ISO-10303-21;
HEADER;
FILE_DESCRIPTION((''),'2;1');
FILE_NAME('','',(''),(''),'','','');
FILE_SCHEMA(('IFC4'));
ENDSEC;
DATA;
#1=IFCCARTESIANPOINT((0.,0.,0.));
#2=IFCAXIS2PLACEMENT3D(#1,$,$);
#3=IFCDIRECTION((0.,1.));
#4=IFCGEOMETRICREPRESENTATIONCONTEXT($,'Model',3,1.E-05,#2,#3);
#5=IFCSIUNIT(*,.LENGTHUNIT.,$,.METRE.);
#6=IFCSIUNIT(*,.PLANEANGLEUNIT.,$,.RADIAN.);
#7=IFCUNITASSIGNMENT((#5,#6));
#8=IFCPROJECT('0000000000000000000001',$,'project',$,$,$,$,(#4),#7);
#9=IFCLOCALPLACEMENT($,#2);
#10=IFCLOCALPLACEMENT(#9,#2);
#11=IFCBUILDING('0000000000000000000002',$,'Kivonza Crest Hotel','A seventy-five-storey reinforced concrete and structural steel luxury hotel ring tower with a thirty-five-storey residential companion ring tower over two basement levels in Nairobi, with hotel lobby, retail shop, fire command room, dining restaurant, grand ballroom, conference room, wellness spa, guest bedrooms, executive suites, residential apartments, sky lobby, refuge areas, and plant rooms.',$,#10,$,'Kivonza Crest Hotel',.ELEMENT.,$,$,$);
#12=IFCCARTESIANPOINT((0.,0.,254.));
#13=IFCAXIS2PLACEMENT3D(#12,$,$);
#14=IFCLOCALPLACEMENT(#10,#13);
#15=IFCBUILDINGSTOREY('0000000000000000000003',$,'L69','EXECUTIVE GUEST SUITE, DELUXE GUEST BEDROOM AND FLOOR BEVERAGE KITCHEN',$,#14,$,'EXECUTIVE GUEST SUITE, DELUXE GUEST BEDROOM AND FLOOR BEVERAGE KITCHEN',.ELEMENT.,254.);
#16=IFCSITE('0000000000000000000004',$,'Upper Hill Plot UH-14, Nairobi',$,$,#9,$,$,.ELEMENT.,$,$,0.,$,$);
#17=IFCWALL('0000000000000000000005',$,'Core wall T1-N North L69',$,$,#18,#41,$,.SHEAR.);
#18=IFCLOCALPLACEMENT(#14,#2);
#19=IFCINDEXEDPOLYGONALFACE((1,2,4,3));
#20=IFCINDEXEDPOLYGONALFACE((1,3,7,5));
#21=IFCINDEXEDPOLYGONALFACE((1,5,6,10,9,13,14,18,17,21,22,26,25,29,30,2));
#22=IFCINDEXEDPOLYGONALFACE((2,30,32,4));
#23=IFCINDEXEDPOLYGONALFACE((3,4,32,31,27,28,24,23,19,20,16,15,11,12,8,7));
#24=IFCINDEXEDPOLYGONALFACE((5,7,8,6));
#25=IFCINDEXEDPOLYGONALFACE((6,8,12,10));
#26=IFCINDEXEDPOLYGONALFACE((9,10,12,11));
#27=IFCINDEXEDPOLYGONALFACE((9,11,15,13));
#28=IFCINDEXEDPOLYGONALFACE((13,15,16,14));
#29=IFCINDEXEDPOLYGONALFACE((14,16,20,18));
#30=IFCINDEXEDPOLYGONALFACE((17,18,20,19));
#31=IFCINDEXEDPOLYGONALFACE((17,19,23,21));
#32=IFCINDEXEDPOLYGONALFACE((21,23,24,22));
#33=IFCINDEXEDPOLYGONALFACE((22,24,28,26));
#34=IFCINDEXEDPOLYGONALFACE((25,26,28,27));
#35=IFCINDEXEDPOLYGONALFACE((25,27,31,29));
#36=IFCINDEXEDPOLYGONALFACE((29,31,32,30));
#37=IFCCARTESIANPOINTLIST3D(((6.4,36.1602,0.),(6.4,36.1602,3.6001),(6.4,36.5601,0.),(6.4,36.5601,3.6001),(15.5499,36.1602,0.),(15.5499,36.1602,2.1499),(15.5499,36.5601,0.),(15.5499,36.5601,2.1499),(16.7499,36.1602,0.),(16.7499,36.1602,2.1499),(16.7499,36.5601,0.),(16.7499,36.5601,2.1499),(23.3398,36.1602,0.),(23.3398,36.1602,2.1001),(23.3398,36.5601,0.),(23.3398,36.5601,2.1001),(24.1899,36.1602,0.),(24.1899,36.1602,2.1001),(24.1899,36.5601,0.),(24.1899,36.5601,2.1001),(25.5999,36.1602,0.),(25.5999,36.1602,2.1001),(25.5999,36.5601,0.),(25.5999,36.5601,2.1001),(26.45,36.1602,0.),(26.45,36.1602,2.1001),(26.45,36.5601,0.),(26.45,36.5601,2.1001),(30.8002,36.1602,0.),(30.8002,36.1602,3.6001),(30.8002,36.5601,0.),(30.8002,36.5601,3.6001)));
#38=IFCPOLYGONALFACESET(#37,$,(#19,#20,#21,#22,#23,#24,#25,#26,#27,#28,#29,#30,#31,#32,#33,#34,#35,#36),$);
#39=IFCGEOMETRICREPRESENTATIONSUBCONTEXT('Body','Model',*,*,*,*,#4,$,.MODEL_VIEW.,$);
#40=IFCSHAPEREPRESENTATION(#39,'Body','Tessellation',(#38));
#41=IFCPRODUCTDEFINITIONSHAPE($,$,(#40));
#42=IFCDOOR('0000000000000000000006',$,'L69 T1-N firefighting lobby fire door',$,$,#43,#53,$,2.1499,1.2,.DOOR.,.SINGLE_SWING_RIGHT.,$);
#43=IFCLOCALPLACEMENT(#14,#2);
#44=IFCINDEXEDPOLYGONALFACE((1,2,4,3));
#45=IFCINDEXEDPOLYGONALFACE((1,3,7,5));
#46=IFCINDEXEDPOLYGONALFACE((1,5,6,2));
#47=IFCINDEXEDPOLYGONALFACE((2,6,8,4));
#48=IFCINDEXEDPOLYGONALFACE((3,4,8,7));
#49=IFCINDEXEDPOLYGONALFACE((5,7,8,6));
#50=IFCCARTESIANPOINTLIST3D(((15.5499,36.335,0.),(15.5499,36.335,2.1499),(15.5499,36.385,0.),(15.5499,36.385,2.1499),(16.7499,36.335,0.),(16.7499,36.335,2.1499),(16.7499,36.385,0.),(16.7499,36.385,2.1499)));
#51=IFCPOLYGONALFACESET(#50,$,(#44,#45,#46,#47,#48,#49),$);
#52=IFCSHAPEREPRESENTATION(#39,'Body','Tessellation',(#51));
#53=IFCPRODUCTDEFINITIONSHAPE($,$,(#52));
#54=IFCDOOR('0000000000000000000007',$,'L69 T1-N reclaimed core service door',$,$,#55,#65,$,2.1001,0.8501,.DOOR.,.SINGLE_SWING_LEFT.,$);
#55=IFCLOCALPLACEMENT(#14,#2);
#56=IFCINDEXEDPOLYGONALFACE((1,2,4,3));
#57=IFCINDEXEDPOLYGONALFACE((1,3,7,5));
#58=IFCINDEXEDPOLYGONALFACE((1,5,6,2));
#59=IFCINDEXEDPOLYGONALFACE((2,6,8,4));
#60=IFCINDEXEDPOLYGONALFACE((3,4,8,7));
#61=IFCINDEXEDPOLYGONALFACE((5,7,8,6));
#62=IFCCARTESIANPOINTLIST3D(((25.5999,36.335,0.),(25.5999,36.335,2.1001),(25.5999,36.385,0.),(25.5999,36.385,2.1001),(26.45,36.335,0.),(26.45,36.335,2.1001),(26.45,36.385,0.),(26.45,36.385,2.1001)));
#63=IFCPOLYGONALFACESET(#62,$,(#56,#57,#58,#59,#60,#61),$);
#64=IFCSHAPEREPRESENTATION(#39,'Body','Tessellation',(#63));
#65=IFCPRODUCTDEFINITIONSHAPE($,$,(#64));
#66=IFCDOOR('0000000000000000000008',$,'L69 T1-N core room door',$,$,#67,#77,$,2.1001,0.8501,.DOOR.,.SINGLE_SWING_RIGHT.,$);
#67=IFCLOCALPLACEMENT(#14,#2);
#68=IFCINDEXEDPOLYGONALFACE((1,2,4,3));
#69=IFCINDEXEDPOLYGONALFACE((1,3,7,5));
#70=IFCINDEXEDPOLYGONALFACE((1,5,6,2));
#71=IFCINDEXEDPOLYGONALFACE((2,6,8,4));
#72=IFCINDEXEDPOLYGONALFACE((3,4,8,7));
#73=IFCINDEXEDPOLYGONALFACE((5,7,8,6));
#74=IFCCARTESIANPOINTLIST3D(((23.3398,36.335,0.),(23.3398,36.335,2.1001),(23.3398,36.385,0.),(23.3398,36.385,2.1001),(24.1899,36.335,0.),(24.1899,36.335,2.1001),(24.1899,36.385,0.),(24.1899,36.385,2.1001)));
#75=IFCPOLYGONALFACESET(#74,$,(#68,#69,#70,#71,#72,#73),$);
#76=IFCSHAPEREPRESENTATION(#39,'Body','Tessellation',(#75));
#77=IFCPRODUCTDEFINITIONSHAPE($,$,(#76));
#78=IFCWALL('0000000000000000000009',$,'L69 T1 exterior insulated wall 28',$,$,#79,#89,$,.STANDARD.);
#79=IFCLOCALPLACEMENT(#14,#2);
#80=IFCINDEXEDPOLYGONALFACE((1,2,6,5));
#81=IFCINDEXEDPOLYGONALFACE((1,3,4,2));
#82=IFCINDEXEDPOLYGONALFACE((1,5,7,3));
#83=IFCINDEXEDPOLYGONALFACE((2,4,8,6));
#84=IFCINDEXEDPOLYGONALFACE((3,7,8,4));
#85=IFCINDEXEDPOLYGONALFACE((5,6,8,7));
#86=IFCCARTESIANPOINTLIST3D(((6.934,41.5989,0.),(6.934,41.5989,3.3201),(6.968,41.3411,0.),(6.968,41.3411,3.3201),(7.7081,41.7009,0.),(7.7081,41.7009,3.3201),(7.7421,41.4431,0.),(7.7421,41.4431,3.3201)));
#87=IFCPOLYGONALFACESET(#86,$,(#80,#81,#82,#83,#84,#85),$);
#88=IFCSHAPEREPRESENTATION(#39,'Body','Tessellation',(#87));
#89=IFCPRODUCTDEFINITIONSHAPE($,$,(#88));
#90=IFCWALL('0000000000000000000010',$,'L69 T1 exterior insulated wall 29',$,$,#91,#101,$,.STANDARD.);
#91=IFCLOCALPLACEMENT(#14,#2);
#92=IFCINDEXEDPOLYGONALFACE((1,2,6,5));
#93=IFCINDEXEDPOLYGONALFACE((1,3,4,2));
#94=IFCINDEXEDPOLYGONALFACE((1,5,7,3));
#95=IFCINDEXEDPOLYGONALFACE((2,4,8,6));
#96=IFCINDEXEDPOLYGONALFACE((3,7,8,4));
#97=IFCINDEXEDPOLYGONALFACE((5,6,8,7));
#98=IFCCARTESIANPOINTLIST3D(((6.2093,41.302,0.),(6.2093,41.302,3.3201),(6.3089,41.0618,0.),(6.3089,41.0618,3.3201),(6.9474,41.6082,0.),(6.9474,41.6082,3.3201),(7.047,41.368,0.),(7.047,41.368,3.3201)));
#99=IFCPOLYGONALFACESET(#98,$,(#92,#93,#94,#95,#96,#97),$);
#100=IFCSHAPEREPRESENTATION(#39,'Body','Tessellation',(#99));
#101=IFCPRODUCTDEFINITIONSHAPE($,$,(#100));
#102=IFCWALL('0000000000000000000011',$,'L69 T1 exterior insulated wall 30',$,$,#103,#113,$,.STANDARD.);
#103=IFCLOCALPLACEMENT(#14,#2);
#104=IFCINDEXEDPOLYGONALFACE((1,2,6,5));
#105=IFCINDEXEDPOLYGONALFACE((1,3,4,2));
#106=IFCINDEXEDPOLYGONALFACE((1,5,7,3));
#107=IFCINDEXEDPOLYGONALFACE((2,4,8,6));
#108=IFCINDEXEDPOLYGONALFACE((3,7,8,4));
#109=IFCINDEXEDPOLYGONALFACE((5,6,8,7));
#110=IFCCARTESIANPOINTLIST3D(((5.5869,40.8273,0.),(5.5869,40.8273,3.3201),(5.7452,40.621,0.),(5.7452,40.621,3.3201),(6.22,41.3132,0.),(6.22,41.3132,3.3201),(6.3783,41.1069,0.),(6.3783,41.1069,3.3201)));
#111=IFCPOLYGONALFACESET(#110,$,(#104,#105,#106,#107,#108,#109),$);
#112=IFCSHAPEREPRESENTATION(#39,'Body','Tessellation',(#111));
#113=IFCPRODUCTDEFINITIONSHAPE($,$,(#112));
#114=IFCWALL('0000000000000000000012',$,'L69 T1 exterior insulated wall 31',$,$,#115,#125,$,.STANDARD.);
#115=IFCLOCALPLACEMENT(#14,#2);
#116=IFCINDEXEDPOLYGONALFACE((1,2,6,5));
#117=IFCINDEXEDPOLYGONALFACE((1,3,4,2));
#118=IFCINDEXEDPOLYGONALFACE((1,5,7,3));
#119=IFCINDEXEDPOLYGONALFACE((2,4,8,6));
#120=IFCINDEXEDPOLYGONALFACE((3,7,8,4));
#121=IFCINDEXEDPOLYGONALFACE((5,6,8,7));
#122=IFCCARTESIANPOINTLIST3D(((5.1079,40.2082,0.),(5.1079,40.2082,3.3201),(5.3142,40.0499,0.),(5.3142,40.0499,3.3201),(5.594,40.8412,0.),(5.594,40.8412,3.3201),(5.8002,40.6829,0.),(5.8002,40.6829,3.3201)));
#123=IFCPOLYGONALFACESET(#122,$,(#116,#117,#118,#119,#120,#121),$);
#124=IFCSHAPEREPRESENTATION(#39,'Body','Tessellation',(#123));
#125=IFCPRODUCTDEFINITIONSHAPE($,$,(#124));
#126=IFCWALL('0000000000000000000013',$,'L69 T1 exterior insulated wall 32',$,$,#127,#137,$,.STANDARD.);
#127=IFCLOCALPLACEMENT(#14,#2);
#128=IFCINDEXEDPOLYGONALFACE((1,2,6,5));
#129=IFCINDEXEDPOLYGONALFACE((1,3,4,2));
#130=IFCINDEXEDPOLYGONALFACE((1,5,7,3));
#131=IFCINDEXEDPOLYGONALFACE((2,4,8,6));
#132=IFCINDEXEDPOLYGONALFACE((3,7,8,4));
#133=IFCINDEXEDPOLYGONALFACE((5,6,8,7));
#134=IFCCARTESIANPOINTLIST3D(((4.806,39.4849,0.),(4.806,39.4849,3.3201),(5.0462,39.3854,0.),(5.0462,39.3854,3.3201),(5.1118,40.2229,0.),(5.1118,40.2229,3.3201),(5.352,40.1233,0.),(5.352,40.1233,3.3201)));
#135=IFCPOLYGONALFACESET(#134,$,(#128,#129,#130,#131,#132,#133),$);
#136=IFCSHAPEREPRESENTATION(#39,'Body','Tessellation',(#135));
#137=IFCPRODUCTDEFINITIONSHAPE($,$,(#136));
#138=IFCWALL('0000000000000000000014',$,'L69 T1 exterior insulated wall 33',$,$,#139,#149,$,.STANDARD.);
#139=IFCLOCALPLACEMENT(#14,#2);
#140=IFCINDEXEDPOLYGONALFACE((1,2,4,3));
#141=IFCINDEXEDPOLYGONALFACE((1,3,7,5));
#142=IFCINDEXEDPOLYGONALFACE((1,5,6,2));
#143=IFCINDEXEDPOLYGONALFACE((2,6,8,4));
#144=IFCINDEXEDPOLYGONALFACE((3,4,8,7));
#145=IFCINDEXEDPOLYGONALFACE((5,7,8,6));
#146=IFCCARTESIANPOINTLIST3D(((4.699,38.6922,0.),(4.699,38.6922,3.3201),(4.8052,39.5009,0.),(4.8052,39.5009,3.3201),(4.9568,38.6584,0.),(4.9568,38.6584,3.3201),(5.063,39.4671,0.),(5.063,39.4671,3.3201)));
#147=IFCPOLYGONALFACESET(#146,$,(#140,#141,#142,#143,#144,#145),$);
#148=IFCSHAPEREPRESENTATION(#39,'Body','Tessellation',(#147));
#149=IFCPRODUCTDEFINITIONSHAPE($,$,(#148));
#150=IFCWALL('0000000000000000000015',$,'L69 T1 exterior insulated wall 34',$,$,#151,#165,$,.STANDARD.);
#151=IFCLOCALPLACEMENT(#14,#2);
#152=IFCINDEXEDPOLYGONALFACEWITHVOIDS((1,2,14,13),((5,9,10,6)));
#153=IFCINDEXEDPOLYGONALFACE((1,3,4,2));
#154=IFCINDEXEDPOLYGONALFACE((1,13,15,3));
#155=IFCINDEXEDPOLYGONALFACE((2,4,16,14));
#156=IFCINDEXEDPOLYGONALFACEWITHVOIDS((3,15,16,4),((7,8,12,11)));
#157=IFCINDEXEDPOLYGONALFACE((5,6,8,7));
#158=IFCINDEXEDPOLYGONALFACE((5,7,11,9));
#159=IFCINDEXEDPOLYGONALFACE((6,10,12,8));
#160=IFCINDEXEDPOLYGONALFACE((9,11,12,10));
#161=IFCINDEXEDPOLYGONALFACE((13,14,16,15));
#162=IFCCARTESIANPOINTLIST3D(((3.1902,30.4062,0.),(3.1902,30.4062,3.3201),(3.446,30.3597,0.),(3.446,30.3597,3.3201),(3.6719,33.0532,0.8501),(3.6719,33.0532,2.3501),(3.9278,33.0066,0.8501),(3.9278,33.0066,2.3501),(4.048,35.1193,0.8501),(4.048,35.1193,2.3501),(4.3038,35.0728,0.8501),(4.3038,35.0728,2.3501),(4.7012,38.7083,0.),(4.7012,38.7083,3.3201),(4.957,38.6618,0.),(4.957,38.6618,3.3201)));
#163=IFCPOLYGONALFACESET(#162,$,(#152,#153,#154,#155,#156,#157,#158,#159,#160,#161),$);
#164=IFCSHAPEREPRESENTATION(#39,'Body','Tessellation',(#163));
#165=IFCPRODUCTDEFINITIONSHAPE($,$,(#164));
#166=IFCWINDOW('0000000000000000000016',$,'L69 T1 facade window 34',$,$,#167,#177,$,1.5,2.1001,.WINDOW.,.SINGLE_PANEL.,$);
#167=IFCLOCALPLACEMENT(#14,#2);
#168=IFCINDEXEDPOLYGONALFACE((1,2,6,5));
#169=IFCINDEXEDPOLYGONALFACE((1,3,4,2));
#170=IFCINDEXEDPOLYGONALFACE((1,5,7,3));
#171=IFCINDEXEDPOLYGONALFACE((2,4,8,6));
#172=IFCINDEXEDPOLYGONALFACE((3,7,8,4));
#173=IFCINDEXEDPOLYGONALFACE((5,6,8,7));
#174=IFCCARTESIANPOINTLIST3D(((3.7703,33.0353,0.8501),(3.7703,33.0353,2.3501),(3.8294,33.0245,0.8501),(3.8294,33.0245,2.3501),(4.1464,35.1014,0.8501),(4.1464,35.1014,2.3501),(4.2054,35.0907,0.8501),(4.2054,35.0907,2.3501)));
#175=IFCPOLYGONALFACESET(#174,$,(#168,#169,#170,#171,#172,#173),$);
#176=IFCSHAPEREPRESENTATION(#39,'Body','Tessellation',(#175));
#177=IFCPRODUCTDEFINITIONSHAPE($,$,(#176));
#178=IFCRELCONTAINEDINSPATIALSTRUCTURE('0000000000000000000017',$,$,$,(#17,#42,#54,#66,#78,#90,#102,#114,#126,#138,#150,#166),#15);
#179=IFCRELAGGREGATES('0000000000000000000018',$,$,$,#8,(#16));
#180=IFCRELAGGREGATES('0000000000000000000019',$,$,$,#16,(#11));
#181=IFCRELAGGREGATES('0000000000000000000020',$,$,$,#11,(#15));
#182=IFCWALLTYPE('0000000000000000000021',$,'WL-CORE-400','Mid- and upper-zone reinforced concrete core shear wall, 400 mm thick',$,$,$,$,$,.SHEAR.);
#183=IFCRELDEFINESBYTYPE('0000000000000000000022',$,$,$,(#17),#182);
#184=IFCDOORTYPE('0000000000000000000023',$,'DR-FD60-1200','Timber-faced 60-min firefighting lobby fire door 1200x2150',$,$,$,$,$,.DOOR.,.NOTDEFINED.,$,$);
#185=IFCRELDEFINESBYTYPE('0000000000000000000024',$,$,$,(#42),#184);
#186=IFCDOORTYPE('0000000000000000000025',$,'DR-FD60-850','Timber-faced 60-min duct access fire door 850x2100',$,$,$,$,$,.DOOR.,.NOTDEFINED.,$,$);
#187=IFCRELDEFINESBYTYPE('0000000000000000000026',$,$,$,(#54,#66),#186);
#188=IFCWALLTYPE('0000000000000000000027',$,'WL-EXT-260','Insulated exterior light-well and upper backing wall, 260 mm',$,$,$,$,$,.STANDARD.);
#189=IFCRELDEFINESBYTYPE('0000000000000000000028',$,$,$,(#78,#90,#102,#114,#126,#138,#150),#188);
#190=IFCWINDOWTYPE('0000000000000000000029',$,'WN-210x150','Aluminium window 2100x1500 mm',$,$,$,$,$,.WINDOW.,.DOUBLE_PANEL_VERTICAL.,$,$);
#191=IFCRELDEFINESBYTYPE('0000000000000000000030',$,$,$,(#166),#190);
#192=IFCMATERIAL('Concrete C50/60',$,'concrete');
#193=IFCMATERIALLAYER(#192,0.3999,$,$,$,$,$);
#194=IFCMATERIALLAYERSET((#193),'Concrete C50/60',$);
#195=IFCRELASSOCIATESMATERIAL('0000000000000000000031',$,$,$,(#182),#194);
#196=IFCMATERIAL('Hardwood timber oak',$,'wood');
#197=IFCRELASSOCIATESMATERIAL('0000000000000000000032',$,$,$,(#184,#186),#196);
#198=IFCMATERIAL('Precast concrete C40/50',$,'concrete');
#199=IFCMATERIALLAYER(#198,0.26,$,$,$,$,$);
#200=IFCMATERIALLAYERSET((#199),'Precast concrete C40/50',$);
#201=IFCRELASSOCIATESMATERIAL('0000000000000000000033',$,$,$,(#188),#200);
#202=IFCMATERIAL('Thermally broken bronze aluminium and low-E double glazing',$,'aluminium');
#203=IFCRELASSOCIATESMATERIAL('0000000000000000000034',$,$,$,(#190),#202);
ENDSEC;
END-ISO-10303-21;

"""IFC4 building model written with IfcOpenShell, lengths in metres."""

from ifc_helpers import new_model, si_unit, direction, frame, frame_2d, origin, place, context, subcontext, project, spatial, rectangle, extrude, material, layer, layer_set, type_object, element, fill, save


model = new_model("IFC4")

# Units and contexts
model_context = context("Model", 3, precision=1e-05, world=origin(), true_north=direction((0.0, 1.0)))
body_context = subcontext(model_context, "Body", "Model", "MODEL_VIEW")
ifc_project = project(units=[si_unit("LENGTHUNIT", "METRE"), si_unit("PLANEANGLEUNIT", "RADIAN")], contexts=[model_context])

# Site, building, storey
site_placement = place(None, origin())
site = spatial("IfcSite", under=ifc_project, at=site_placement, Name="Upper Hill Plot UH-14, Nairobi", CompositionType="ELEMENT", RefElevation=0.0)
building_placement = place(site_placement, origin())
building = spatial("IfcBuilding", under=site, at=building_placement, Name="Kivonza Crest Hotel", Description="A seventy-five-storey reinforced concrete and structural steel luxury hotel ring tower with a thirty-five-storey residential companion ring tower over two basement levels in Nairobi, with hotel lobby, retail shop, fire command room, dining restaurant, grand ballroom, conference room, wellness spa, guest bedrooms, executive suites, residential apartments, sky lobby, refuge areas, and plant rooms.", LongName="Kivonza Crest Hotel", CompositionType="ELEMENT")
storey_placement = place(building_placement, frame((0.0, 0.0, 254.0)))
storey = spatial("IfcBuildingStorey", under=building, at=storey_placement, Name="L69", Description="EXECUTIVE GUEST SUITE, DELUXE GUEST BEDROOM AND FLOOR BEVERAGE KITCHEN", LongName="EXECUTIVE GUEST SUITE, DELUXE GUEST BEDROOM AND FLOOR BEVERAGE KITCHEN", CompositionType="ELEMENT", Elevation=254.0)

# Shared definitions
ifc_material_1 = material(Name="Concrete C50/60", Category="concrete")

# Wall, openings, doors
ifc_layer_1 = layer(ifc_material_1, 0.3999)
ifc_layer_set_1 = layer_set([ifc_layer_1], Name="Concrete C50/60")
wall_type_1 = type_object("IfcWallType", Name="WL-CORE-400", Description="Mid- and upper-zone reinforced concrete core shear wall, 400 mm thick", PredefinedType="SHEAR", material=ifc_layer_set_1)
wall_1_placement = place(storey_placement, frame((6.3999, 36.3601, 0.0), z_axis=(0.0, 0.0, 1.0), x_axis=(1.0, 0.0, 0.0)))
wall_1 = element("IfcWall", 1, at=wall_1_placement, inside=storey, type_object=wall_type_1, Name="Core wall T1-N North L69", PredefinedType="SHEAR", context=body_context, shape_type="SweptSolid", body=[
    extrude(rectangle(XDim=24.4001, YDim=0.3999, at=frame_2d((12.2002, 0.0))), origin(), (0.0, 0.0, 1.0), 3.6001),
])
opening_1_placement = place(wall_1_placement, frame((9.1499, 0.0, 0.0)))
opening_1 = element("IfcOpeningElement", 2, at=opening_1_placement, cuts=wall_1, PredefinedType="OPENING", context=body_context, shape_type="SweptSolid", body=[
    extrude(rectangle(XDim=1.2, YDim=2.1499, at=frame_2d((0.6001, 1.075))), frame((0.0, 0.21, 0.0), z_axis=(0.0, -1.0, 0.0), x_axis=(1.0, 0.0, 0.0)), (0.0, 0.0, 1.0), 0.4199),
])
opening_2_placement = place(wall_1_placement, frame((19.2, 0.0, 0.0)))
opening_2 = element("IfcOpeningElement", 3, at=opening_2_placement, cuts=wall_1, PredefinedType="OPENING", context=body_context, shape_type="SweptSolid", body=[
    extrude(rectangle(XDim=0.8501, YDim=2.1001, at=frame_2d((0.425, 1.05))), frame((0.0, 0.21, 0.0), z_axis=(0.0, -1.0, 0.0), x_axis=(1.0, 0.0, 0.0)), (0.0, 0.0, 1.0), 0.4199),
])
opening_3_placement = place(wall_1_placement, frame((16.9399, 0.0, 0.0)))
opening_3 = element("IfcOpeningElement", 4, at=opening_3_placement, cuts=wall_1, PredefinedType="OPENING", context=body_context, shape_type="SweptSolid", body=[
    extrude(rectangle(XDim=0.8501, YDim=2.1001, at=frame_2d((0.425, 1.05))), frame((0.0, 0.21, 0.0), z_axis=(0.0, -1.0, 0.0), x_axis=(1.0, 0.0, 0.0)), (0.0, 0.0, 1.0), 0.4199),
])
ifc_material_2 = material(Name="Hardwood timber oak", Category="wood")
door_type_1 = type_object("IfcDoorType", Name="DR-FD60-1200", Description="Timber-faced 60-min firefighting lobby fire door 1200x2150", OperationType="NOTDEFINED", PredefinedType="DOOR", material=ifc_material_2)
door_1_placement = place(opening_1_placement, origin())
door_1 = element("IfcDoor", 5, at=door_1_placement, inside=storey, type_object=door_type_1, Name="L69 T1-N firefighting lobby fire door", OperationType="SINGLE_SWING_RIGHT", OverallHeight=2.1499, OverallWidth=1.2, PredefinedType="DOOR", context=body_context, shape_type="SweptSolid", body=[
    extrude(rectangle(XDim=1.2, YDim=2.1499, at=frame_2d((0.6001, 1.075))), frame((0.0, 0.0249, 0.0), z_axis=(0.0, -1.0, 0.0), x_axis=(1.0, 0.0, 0.0)), (0.0, 0.0, 1.0), 0.05),
])
fill(opening_1, door_1)
door_type_2 = type_object("IfcDoorType", Name="DR-FD60-850", Description="Timber-faced 60-min duct access fire door 850x2100", OperationType="NOTDEFINED", PredefinedType="DOOR", material=ifc_material_2)
door_2_placement = place(opening_2_placement, origin())
door_2 = element("IfcDoor", 6, at=door_2_placement, inside=storey, type_object=door_type_2, Name="L69 T1-N reclaimed core service door", OperationType="SINGLE_SWING_LEFT", OverallHeight=2.1001, OverallWidth=0.8501, PredefinedType="DOOR", context=body_context, shape_type="SweptSolid", body=[
    extrude(rectangle(XDim=0.8501, YDim=2.1001, at=frame_2d((0.425, 1.05))), frame((0.0, 0.0249, 0.0), z_axis=(0.0, -1.0, 0.0), x_axis=(1.0, 0.0, 0.0)), (0.0, 0.0, 1.0), 0.05),
])
fill(opening_2, door_2)
door_3_placement = place(opening_3_placement, origin())
door_3 = element("IfcDoor", 7, at=door_3_placement, inside=storey, type_object=door_type_2, Name="L69 T1-N core room door", OperationType="SINGLE_SWING_RIGHT", OverallHeight=2.1001, OverallWidth=0.8501, PredefinedType="DOOR", context=body_context, shape_type="SweptSolid", body=[
    extrude(rectangle(XDim=0.8501, YDim=2.1001, at=frame_2d((0.425, 1.05))), frame((0.0, 0.0249, 0.0), z_axis=(0.0, -1.0, 0.0), x_axis=(1.0, 0.0, 0.0)), (0.0, 0.0, 1.0), 0.05),
])
fill(opening_3, door_3)

# Walls
ifc_material_3 = material(Name="Precast concrete C40/50", Category="concrete")
ifc_layer_2 = layer(ifc_material_3, 0.26)
ifc_layer_set_2 = layer_set([ifc_layer_2], Name="Precast concrete C40/50")
wall_type_2 = type_object("IfcWallType", Name="WL-EXT-260", Description="Insulated exterior light-well and upper backing wall, 260 mm", PredefinedType="STANDARD", material=ifc_layer_set_2)
wall_2_placement = place(storey_placement, frame((7.7251, 41.572, 0.0), z_axis=(0.0, 0.0, 1.0), x_axis=(-0.991423, -0.130689, 0.0)))
element("IfcWall", 8, at=wall_2_placement, inside=storey, type_object=wall_type_2, Name="L69 T1 exterior insulated wall 28", PredefinedType="STANDARD", context=body_context, shape_type="SweptSolid", body=[
    extrude(rectangle(XDim=0.7808, YDim=0.26, at=frame_2d((0.3904, 0.0))), origin(), (0.0, 0.0, 1.0), 3.3201),
])
wall_3_placement = place(storey_placement, frame((6.9971, 41.488, 0.0), z_axis=(0.0, 0.0, 1.0), x_axis=(-0.923681, -0.383161, 0.0)))
element("IfcWall", 9, at=wall_3_placement, inside=storey, type_object=wall_type_2, Name="L69 T1 exterior insulated wall 29", PredefinedType="STANDARD", context=body_context, shape_type="SweptSolid", body=[
    extrude(rectangle(XDim=0.7991, YDim=0.26, at=frame_2d((0.3994, 0.0))), origin(), (0.0, 0.0, 1.0), 3.3201),
])
for number, where, z_axis, x_axis, name in (
    (10, (6.2991, 41.21, 0.0), (0.0, 0.0, 1.0), (-0.793306, -0.608823, 0.0), "L69 T1 exterior insulated wall 30"),
    (11, (5.697, 40.762, 0.0), (0.0, 0.0, 1.0), (-0.609016, -0.793158, 0.0), "L69 T1 exterior insulated wall 31"),
):
    element("IfcWall", number, at=place(storey_placement, frame(where, z_axis=z_axis, x_axis=x_axis)), inside=storey, type_object=wall_type_2, Name=name, PredefinedType="STANDARD", context=body_context, shape_type="SweptSolid", body=[
        extrude(rectangle(XDim=0.7981, YDim=0.26, at=frame_2d((0.3989, 0.0))), origin(), (0.0, 0.0, 1.0), 3.3201),
    ])
wall_4_placement = place(storey_placement, frame((5.2319, 40.1731, 0.0), z_axis=(0.0, 0.0, 1.0), x_axis=(-0.382901, -0.92379, 0.0)))
element("IfcWall", 12, at=wall_4_placement, inside=storey, type_object=wall_type_2, Name="L69 T1 exterior insulated wall 32", PredefinedType="STANDARD", context=body_context, shape_type="SweptSolid", body=[
    extrude(rectangle(XDim=0.7988, YDim=0.26, at=frame_2d((0.3994, 0.0))), origin(), (0.0, 0.0, 1.0), 3.3201),
])
wall_5_placement = place(storey_placement, frame((4.9341, 39.4839, 0.0), z_axis=(0.0, 0.0, 1.0), x_axis=(-0.130184, -0.99149, 0.0)))
element("IfcWall", 13, at=wall_5_placement, inside=storey, type_object=wall_type_2, Name="L69 T1 exterior insulated wall 33", PredefinedType="STANDARD", context=body_context, shape_type="SweptSolid", body=[
    extrude(rectangle(XDim=0.8157, YDim=0.26, at=frame_2d((0.4077, 0.0))), origin(), (0.0, 0.0, 1.0), 3.3201),
])

# Wall, opening, window
wall_6_placement = place(storey_placement, frame((4.8291, 38.6851, 0.0), z_axis=(0.0, 0.0, 1.0), x_axis=(-0.179061, -0.983838, 0.0)))
wall_6 = element("IfcWall", 14, at=wall_6_placement, inside=storey, type_object=wall_type_2, Name="L69 T1 exterior insulated wall 34", PredefinedType="STANDARD", context=body_context, shape_type="SweptSolid", body=[
    extrude(rectangle(XDim=8.4385, YDim=0.26, at=frame_2d((4.2192, 0.0))), origin(), (0.0, 0.0, 1.0), 3.3201),
])
opening_4_placement = place(wall_6_placement, frame((3.6479, 0.0, 0.8501)))
opening_4 = element("IfcOpeningElement", 15, at=opening_4_placement, cuts=wall_6, PredefinedType="OPENING", context=body_context, shape_type="SweptSolid", body=[
    extrude(rectangle(XDim=2.1001, YDim=1.5, at=frame_2d((1.05, 0.75))), frame((0.0, 0.1401, 0.0), z_axis=(0.0, -1.0, 0.0), x_axis=(1.0, 0.0, 0.0)), (0.0, 0.0, 1.0), 0.28),
])
ifc_material_4 = material(Name="Thermally broken bronze aluminium and low-E double glazing", Category="aluminium")
window_type = type_object("IfcWindowType", Name="WN-210x150", Description="Aluminium window 2100x1500 mm", PartitioningType="DOUBLE_PANEL_VERTICAL", PredefinedType="WINDOW", material=ifc_material_4)
window_placement = place(opening_4_placement, origin())
window = element("IfcWindow", 16, at=window_placement, inside=storey, type_object=window_type, Name="L69 T1 facade window 34", OverallHeight=1.5, OverallWidth=2.1001, PartitioningType="SINGLE_PANEL", PredefinedType="WINDOW", context=body_context, shape_type="SweptSolid", body=[
    extrude(rectangle(XDim=2.1001, YDim=1.5, at=frame_2d((1.05, 0.75))), frame((0.0, 0.03, 0.0), z_axis=(0.0, -1.0, 0.0), x_axis=(1.0, 0.0, 0.0)), (0.0, 0.0, 1.0), 0.0601),
])
fill(opening_4, window)

save(model, "model.ifc")
